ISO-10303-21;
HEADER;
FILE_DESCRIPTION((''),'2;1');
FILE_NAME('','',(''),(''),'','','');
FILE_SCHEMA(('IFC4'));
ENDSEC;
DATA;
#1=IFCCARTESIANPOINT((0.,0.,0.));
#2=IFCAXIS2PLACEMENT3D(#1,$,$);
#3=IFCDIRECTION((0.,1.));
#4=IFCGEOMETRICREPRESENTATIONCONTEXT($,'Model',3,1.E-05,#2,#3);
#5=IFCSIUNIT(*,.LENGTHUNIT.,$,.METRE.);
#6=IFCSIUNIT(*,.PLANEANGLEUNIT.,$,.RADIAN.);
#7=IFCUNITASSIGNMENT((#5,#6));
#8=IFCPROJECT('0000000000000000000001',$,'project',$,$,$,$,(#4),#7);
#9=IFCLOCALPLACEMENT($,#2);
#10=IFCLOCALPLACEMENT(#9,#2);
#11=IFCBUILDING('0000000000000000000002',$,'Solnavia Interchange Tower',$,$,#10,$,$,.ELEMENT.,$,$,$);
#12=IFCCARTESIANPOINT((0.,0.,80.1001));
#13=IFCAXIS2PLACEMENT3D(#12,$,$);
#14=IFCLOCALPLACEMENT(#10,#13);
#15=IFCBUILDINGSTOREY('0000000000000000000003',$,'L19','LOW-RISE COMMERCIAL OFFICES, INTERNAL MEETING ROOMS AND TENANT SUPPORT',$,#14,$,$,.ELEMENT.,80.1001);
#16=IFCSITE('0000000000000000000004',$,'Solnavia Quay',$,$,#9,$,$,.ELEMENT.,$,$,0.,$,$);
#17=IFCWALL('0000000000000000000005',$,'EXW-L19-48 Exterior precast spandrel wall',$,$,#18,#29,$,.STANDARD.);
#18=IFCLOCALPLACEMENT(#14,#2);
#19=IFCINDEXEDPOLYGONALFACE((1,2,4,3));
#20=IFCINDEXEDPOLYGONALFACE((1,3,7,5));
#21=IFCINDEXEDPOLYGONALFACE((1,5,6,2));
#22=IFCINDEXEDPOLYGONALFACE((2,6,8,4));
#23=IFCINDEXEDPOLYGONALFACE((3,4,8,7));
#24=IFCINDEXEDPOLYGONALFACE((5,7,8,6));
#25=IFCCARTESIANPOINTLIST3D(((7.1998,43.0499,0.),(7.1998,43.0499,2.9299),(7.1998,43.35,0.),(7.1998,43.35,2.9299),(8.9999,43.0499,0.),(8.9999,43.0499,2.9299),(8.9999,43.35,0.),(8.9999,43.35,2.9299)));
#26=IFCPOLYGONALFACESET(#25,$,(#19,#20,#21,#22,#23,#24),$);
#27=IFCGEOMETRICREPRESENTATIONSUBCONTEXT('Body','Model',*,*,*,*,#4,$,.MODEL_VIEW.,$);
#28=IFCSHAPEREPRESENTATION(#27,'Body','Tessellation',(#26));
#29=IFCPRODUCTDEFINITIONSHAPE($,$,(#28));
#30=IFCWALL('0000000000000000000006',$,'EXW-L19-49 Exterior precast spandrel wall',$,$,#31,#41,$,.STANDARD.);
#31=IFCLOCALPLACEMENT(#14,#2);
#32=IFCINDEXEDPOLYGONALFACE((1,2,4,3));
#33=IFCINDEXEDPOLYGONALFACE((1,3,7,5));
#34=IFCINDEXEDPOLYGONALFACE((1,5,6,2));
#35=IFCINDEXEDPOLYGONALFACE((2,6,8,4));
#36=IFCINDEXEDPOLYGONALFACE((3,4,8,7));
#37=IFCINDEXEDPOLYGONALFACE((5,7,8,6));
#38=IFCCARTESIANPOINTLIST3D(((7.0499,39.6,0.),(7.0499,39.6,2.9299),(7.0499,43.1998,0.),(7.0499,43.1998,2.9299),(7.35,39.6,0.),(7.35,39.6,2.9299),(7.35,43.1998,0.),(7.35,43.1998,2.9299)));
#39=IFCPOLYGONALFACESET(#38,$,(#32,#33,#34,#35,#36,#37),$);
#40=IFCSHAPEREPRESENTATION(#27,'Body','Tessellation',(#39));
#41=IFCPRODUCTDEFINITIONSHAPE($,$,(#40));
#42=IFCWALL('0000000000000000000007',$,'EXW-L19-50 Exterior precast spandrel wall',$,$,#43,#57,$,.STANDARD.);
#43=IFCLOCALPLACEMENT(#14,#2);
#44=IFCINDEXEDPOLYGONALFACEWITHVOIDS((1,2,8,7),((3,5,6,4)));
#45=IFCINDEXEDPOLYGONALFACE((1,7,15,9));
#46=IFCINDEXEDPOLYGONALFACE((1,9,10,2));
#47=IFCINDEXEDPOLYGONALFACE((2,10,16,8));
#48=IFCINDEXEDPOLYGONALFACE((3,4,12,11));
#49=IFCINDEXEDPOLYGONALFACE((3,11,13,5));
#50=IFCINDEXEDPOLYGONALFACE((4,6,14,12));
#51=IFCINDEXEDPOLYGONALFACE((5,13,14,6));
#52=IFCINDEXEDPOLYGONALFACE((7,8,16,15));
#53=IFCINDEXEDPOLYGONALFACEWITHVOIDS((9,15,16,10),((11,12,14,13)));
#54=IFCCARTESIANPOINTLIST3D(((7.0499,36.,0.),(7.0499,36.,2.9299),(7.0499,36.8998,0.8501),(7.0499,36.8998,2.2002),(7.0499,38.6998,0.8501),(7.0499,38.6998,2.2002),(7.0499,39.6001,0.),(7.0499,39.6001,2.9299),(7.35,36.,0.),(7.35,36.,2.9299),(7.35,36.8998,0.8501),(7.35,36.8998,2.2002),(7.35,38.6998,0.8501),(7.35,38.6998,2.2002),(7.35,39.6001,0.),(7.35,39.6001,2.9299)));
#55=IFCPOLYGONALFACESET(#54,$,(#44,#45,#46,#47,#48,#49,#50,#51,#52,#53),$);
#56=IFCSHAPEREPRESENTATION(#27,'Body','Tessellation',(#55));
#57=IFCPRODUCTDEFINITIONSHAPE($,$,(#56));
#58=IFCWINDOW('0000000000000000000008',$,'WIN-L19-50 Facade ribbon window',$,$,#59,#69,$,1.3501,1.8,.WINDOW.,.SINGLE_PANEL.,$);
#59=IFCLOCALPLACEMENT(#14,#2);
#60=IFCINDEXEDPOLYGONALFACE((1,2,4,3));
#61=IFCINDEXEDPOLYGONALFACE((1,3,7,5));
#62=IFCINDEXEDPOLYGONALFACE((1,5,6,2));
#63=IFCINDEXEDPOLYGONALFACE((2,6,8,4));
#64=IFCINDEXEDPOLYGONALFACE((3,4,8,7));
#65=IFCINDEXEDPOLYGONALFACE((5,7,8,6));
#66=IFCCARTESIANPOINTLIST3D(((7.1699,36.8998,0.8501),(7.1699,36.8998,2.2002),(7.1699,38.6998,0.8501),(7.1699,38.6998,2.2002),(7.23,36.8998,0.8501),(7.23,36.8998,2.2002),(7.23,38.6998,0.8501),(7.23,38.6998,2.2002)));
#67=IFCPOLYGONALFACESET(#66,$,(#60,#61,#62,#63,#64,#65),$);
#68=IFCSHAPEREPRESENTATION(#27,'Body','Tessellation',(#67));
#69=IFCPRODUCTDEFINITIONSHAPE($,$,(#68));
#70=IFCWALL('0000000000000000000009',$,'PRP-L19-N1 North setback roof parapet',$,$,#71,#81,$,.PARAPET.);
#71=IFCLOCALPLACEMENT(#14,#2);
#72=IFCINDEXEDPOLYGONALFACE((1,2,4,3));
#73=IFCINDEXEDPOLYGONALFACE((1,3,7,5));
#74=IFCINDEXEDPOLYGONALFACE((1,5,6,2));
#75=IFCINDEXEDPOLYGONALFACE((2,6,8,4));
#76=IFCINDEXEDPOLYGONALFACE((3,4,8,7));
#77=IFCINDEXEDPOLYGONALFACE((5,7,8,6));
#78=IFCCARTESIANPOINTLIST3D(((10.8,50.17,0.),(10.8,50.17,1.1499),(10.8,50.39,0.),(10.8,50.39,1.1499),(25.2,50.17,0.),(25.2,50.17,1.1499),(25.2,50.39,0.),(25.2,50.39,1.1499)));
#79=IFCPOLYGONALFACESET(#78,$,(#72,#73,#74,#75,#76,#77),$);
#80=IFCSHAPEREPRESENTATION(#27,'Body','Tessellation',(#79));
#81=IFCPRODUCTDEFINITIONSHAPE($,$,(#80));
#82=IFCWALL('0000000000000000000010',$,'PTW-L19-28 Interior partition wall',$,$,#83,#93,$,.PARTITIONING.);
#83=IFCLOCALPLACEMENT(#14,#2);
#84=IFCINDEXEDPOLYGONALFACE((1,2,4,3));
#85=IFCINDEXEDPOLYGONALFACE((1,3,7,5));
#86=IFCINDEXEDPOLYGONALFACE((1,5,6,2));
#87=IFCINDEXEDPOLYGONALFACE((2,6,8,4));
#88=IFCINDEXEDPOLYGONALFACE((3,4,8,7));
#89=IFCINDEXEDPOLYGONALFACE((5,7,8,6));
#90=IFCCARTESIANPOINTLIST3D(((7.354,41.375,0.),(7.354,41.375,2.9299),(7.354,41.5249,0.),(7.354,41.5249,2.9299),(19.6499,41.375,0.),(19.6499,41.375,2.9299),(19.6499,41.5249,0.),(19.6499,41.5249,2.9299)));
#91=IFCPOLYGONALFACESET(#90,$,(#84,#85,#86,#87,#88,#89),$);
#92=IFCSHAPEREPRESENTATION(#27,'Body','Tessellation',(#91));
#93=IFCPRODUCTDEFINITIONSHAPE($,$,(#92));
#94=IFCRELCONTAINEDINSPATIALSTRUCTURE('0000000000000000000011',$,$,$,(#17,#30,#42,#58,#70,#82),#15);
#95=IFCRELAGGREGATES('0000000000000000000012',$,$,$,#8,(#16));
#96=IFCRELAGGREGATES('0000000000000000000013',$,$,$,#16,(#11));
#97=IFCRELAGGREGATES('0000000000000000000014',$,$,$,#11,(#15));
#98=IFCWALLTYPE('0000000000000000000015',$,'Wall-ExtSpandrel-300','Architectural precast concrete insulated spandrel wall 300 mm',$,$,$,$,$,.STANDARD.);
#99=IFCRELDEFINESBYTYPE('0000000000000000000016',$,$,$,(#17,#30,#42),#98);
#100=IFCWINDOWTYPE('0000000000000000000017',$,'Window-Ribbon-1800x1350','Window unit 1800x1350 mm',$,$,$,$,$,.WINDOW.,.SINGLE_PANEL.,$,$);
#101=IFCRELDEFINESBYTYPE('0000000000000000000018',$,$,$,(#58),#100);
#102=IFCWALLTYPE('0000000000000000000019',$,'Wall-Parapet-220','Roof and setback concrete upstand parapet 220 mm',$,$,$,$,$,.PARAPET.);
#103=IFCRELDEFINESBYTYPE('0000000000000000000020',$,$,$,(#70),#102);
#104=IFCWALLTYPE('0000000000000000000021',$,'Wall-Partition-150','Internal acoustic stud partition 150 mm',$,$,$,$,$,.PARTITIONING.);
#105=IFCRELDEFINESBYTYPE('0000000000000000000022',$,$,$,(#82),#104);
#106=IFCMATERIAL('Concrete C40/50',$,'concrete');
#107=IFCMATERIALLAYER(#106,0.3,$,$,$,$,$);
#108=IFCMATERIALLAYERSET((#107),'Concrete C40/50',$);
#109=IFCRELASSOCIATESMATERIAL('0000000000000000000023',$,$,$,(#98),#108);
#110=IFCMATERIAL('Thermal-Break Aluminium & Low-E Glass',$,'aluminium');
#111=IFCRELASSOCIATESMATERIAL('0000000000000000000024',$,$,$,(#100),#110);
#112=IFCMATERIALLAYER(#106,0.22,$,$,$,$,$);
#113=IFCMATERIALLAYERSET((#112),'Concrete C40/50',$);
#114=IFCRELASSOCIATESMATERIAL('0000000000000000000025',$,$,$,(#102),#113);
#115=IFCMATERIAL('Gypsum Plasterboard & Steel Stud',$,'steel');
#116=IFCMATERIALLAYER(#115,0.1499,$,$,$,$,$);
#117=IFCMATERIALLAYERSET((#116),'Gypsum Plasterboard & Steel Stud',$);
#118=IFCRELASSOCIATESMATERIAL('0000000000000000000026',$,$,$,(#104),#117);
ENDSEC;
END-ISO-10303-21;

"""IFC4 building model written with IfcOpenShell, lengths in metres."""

from ifc_helpers import new_model, si_unit, direction, frame, frame_2d, origin, place, context, subcontext, project, spatial, rectangle, extrude, material, layer, layer_set, type_object, element, fill, save


model = new_model("IFC4")

# Units and contexts
model_context = context("Model", 3, precision=1e-05, world=origin(), true_north=direction((0.0, 1.0)))
body_context = subcontext(model_context, "Body", "Model", "MODEL_VIEW")
ifc_project = project(units=[si_unit("LENGTHUNIT", "METRE"), si_unit("PLANEANGLEUNIT", "RADIAN")], contexts=[model_context])

# Site, building, storey
site_placement = place(None, origin())
site = spatial("IfcSite", under=ifc_project, at=site_placement, Name="Solnavia Quay", CompositionType="ELEMENT", RefElevation=0.0)
building_placement = place(site_placement, origin())
building = spatial("IfcBuilding", under=site, at=building_placement, Name="Solnavia Interchange Tower", CompositionType="ELEMENT")
storey_placement = place(building_placement, frame((0.0, 0.0, 80.1001)))
storey = spatial("IfcBuildingStorey", under=building, at=storey_placement, Name="L19", Description="LOW-RISE COMMERCIAL OFFICES, INTERNAL MEETING ROOMS AND TENANT SUPPORT", CompositionType="ELEMENT", Elevation=80.1001)

# Walls
ifc_material_1 = material(Name="Concrete C40/50", Category="concrete")
ifc_layer_1 = layer(ifc_material_1, 0.3)
ifc_layer_set_1 = layer_set([ifc_layer_1], Name="Concrete C40/50")
wall_type_1 = type_object("IfcWallType", Name="Wall-ExtSpandrel-300", Description="Architectural precast concrete insulated spandrel wall 300 mm", PredefinedType="STANDARD", material=ifc_layer_set_1)
wall_1_placement = place(storey_placement, frame((7.2, 43.2, 0.0), z_axis=(0.0, 0.0, 1.0), x_axis=(1.0, 0.0, 0.0)))
element("IfcWall", 1, at=wall_1_placement, inside=storey, type_object=wall_type_1, Name="EXW-L19-48 Exterior precast spandrel wall", PredefinedType="STANDARD", context=body_context, shape_type="SweptSolid", body=[
    extrude(rectangle(XDim=1.8, YDim=0.3, at=frame_2d((0.8999, 0.0))), origin(), (0.0, 0.0, 1.0), 2.9299),
])
wall_2_placement = place(storey_placement, frame((7.2, 39.6001, 0.0), z_axis=(0.0, 0.0, 1.0), x_axis=(0.0, 1.0, 0.0)))
element("IfcWall", 2, at=wall_2_placement, inside=storey, type_object=wall_type_1, Name="EXW-L19-49 Exterior precast spandrel wall", PredefinedType="STANDARD", context=body_context, shape_type="SweptSolid", body=[
    extrude(rectangle(XDim=3.5999, YDim=0.3, at=frame_2d((1.7998, 0.0))), origin(), (0.0, 0.0, 1.0), 2.9299),
])

# Wall, opening, window
wall_3_placement = place(storey_placement, frame((7.2, 36.0, 0.0), z_axis=(0.0, 0.0, 1.0), x_axis=(0.0, 1.0, 0.0)))
wall_3 = element("IfcWall", 3, at=wall_3_placement, inside=storey, type_object=wall_type_1, Name="EXW-L19-50 Exterior precast spandrel wall", PredefinedType="STANDARD", context=body_context, shape_type="SweptSolid", body=[
    extrude(rectangle(XDim=3.6001, YDim=0.3, at=frame_2d((1.8, 0.0))), origin(), (0.0, 0.0, 1.0), 2.9299),
])
opening_placement = place(wall_3_placement, frame((0.8999, 0.0, 0.8501)))
opening = element("IfcOpeningElement", 4, at=opening_placement, cuts=wall_3, PredefinedType="OPENING", context=body_context, shape_type="SweptSolid", body=[
    extrude(rectangle(XDim=1.8, YDim=1.3501, at=frame_2d((0.8999, 0.675))), frame((0.0, 0.1602, 0.0), z_axis=(0.0, -1.0, 0.0), x_axis=(1.0, 0.0, 0.0)), (0.0, 0.0, 1.0), 0.3201),
])
ifc_material_2 = material(Name="Thermal-Break Aluminium & Low-E Glass", Category="aluminium")
window_type = type_object("IfcWindowType", Name="Window-Ribbon-1800x1350", Description="Window unit 1800x1350 mm", PartitioningType="SINGLE_PANEL", PredefinedType="WINDOW", material=ifc_material_2)
window_placement = place(opening_placement, origin())
window = element("IfcWindow", 5, at=window_placement, inside=storey, type_object=window_type, Name="WIN-L19-50 Facade ribbon window", OverallHeight=1.3501, OverallWidth=1.8, PartitioningType="SINGLE_PANEL", PredefinedType="WINDOW", context=body_context, shape_type="SweptSolid", body=[
    extrude(rectangle(XDim=1.8, YDim=1.3501, at=frame_2d((0.8999, 0.675))), frame((0.0, 0.03, 0.0), z_axis=(0.0, -1.0, 0.0), x_axis=(1.0, 0.0, 0.0)), (0.0, 0.0, 1.0), 0.0601),
])
fill(opening, window)

# Walls
ifc_layer_2 = layer(ifc_material_1, 0.22)
ifc_layer_set_2 = layer_set([ifc_layer_2], Name="Concrete C40/50")
wall_type_2 = type_object("IfcWallType", Name="Wall-Parapet-220", Description="Roof and setback concrete upstand parapet 220 mm", PredefinedType="PARAPET", material=ifc_layer_set_2)
wall_4_placement = place(storey_placement, frame((10.8, 50.28, 0.0), z_axis=(0.0, 0.0, 1.0), x_axis=(1.0, 0.0, 0.0)))
element("IfcWall", 6, at=wall_4_placement, inside=storey, type_object=wall_type_2, Name="PRP-L19-N1 North setback roof parapet", PredefinedType="PARAPET", context=body_context, shape_type="SweptSolid", body=[
    extrude(rectangle(XDim=14.3999, YDim=0.22, at=frame_2d((7.2, 0.0))), origin(), (0.0, 0.0, 1.0), 1.1499),
])
ifc_material_3 = material(Name="Gypsum Plasterboard & Steel Stud", Category="steel")
ifc_layer_3 = layer(ifc_material_3, 0.1499)
ifc_layer_set_3 = layer_set([ifc_layer_3], Name="Gypsum Plasterboard & Steel Stud")
wall_type_3 = type_object("IfcWallType", Name="Wall-Partition-150", Description="Internal acoustic stud partition 150 mm", PredefinedType="PARTITIONING", material=ifc_layer_set_3)
wall_5_placement = place(storey_placement, frame((7.354, 41.45, 0.0), z_axis=(0.0, 0.0, 1.0), x_axis=(1.0, 0.0, 0.0)))
element("IfcWall", 7, at=wall_5_placement, inside=storey, type_object=wall_type_3, Name="PTW-L19-28 Interior partition wall", PredefinedType="PARTITIONING", context=body_context, shape_type="SweptSolid", body=[
    extrude(rectangle(XDim=12.2959, YDim=0.1499, at=frame_2d((6.1479, 0.0))), origin(), (0.0, 0.0, 1.0), 2.9299),
])

save(model, "model.ifc")
